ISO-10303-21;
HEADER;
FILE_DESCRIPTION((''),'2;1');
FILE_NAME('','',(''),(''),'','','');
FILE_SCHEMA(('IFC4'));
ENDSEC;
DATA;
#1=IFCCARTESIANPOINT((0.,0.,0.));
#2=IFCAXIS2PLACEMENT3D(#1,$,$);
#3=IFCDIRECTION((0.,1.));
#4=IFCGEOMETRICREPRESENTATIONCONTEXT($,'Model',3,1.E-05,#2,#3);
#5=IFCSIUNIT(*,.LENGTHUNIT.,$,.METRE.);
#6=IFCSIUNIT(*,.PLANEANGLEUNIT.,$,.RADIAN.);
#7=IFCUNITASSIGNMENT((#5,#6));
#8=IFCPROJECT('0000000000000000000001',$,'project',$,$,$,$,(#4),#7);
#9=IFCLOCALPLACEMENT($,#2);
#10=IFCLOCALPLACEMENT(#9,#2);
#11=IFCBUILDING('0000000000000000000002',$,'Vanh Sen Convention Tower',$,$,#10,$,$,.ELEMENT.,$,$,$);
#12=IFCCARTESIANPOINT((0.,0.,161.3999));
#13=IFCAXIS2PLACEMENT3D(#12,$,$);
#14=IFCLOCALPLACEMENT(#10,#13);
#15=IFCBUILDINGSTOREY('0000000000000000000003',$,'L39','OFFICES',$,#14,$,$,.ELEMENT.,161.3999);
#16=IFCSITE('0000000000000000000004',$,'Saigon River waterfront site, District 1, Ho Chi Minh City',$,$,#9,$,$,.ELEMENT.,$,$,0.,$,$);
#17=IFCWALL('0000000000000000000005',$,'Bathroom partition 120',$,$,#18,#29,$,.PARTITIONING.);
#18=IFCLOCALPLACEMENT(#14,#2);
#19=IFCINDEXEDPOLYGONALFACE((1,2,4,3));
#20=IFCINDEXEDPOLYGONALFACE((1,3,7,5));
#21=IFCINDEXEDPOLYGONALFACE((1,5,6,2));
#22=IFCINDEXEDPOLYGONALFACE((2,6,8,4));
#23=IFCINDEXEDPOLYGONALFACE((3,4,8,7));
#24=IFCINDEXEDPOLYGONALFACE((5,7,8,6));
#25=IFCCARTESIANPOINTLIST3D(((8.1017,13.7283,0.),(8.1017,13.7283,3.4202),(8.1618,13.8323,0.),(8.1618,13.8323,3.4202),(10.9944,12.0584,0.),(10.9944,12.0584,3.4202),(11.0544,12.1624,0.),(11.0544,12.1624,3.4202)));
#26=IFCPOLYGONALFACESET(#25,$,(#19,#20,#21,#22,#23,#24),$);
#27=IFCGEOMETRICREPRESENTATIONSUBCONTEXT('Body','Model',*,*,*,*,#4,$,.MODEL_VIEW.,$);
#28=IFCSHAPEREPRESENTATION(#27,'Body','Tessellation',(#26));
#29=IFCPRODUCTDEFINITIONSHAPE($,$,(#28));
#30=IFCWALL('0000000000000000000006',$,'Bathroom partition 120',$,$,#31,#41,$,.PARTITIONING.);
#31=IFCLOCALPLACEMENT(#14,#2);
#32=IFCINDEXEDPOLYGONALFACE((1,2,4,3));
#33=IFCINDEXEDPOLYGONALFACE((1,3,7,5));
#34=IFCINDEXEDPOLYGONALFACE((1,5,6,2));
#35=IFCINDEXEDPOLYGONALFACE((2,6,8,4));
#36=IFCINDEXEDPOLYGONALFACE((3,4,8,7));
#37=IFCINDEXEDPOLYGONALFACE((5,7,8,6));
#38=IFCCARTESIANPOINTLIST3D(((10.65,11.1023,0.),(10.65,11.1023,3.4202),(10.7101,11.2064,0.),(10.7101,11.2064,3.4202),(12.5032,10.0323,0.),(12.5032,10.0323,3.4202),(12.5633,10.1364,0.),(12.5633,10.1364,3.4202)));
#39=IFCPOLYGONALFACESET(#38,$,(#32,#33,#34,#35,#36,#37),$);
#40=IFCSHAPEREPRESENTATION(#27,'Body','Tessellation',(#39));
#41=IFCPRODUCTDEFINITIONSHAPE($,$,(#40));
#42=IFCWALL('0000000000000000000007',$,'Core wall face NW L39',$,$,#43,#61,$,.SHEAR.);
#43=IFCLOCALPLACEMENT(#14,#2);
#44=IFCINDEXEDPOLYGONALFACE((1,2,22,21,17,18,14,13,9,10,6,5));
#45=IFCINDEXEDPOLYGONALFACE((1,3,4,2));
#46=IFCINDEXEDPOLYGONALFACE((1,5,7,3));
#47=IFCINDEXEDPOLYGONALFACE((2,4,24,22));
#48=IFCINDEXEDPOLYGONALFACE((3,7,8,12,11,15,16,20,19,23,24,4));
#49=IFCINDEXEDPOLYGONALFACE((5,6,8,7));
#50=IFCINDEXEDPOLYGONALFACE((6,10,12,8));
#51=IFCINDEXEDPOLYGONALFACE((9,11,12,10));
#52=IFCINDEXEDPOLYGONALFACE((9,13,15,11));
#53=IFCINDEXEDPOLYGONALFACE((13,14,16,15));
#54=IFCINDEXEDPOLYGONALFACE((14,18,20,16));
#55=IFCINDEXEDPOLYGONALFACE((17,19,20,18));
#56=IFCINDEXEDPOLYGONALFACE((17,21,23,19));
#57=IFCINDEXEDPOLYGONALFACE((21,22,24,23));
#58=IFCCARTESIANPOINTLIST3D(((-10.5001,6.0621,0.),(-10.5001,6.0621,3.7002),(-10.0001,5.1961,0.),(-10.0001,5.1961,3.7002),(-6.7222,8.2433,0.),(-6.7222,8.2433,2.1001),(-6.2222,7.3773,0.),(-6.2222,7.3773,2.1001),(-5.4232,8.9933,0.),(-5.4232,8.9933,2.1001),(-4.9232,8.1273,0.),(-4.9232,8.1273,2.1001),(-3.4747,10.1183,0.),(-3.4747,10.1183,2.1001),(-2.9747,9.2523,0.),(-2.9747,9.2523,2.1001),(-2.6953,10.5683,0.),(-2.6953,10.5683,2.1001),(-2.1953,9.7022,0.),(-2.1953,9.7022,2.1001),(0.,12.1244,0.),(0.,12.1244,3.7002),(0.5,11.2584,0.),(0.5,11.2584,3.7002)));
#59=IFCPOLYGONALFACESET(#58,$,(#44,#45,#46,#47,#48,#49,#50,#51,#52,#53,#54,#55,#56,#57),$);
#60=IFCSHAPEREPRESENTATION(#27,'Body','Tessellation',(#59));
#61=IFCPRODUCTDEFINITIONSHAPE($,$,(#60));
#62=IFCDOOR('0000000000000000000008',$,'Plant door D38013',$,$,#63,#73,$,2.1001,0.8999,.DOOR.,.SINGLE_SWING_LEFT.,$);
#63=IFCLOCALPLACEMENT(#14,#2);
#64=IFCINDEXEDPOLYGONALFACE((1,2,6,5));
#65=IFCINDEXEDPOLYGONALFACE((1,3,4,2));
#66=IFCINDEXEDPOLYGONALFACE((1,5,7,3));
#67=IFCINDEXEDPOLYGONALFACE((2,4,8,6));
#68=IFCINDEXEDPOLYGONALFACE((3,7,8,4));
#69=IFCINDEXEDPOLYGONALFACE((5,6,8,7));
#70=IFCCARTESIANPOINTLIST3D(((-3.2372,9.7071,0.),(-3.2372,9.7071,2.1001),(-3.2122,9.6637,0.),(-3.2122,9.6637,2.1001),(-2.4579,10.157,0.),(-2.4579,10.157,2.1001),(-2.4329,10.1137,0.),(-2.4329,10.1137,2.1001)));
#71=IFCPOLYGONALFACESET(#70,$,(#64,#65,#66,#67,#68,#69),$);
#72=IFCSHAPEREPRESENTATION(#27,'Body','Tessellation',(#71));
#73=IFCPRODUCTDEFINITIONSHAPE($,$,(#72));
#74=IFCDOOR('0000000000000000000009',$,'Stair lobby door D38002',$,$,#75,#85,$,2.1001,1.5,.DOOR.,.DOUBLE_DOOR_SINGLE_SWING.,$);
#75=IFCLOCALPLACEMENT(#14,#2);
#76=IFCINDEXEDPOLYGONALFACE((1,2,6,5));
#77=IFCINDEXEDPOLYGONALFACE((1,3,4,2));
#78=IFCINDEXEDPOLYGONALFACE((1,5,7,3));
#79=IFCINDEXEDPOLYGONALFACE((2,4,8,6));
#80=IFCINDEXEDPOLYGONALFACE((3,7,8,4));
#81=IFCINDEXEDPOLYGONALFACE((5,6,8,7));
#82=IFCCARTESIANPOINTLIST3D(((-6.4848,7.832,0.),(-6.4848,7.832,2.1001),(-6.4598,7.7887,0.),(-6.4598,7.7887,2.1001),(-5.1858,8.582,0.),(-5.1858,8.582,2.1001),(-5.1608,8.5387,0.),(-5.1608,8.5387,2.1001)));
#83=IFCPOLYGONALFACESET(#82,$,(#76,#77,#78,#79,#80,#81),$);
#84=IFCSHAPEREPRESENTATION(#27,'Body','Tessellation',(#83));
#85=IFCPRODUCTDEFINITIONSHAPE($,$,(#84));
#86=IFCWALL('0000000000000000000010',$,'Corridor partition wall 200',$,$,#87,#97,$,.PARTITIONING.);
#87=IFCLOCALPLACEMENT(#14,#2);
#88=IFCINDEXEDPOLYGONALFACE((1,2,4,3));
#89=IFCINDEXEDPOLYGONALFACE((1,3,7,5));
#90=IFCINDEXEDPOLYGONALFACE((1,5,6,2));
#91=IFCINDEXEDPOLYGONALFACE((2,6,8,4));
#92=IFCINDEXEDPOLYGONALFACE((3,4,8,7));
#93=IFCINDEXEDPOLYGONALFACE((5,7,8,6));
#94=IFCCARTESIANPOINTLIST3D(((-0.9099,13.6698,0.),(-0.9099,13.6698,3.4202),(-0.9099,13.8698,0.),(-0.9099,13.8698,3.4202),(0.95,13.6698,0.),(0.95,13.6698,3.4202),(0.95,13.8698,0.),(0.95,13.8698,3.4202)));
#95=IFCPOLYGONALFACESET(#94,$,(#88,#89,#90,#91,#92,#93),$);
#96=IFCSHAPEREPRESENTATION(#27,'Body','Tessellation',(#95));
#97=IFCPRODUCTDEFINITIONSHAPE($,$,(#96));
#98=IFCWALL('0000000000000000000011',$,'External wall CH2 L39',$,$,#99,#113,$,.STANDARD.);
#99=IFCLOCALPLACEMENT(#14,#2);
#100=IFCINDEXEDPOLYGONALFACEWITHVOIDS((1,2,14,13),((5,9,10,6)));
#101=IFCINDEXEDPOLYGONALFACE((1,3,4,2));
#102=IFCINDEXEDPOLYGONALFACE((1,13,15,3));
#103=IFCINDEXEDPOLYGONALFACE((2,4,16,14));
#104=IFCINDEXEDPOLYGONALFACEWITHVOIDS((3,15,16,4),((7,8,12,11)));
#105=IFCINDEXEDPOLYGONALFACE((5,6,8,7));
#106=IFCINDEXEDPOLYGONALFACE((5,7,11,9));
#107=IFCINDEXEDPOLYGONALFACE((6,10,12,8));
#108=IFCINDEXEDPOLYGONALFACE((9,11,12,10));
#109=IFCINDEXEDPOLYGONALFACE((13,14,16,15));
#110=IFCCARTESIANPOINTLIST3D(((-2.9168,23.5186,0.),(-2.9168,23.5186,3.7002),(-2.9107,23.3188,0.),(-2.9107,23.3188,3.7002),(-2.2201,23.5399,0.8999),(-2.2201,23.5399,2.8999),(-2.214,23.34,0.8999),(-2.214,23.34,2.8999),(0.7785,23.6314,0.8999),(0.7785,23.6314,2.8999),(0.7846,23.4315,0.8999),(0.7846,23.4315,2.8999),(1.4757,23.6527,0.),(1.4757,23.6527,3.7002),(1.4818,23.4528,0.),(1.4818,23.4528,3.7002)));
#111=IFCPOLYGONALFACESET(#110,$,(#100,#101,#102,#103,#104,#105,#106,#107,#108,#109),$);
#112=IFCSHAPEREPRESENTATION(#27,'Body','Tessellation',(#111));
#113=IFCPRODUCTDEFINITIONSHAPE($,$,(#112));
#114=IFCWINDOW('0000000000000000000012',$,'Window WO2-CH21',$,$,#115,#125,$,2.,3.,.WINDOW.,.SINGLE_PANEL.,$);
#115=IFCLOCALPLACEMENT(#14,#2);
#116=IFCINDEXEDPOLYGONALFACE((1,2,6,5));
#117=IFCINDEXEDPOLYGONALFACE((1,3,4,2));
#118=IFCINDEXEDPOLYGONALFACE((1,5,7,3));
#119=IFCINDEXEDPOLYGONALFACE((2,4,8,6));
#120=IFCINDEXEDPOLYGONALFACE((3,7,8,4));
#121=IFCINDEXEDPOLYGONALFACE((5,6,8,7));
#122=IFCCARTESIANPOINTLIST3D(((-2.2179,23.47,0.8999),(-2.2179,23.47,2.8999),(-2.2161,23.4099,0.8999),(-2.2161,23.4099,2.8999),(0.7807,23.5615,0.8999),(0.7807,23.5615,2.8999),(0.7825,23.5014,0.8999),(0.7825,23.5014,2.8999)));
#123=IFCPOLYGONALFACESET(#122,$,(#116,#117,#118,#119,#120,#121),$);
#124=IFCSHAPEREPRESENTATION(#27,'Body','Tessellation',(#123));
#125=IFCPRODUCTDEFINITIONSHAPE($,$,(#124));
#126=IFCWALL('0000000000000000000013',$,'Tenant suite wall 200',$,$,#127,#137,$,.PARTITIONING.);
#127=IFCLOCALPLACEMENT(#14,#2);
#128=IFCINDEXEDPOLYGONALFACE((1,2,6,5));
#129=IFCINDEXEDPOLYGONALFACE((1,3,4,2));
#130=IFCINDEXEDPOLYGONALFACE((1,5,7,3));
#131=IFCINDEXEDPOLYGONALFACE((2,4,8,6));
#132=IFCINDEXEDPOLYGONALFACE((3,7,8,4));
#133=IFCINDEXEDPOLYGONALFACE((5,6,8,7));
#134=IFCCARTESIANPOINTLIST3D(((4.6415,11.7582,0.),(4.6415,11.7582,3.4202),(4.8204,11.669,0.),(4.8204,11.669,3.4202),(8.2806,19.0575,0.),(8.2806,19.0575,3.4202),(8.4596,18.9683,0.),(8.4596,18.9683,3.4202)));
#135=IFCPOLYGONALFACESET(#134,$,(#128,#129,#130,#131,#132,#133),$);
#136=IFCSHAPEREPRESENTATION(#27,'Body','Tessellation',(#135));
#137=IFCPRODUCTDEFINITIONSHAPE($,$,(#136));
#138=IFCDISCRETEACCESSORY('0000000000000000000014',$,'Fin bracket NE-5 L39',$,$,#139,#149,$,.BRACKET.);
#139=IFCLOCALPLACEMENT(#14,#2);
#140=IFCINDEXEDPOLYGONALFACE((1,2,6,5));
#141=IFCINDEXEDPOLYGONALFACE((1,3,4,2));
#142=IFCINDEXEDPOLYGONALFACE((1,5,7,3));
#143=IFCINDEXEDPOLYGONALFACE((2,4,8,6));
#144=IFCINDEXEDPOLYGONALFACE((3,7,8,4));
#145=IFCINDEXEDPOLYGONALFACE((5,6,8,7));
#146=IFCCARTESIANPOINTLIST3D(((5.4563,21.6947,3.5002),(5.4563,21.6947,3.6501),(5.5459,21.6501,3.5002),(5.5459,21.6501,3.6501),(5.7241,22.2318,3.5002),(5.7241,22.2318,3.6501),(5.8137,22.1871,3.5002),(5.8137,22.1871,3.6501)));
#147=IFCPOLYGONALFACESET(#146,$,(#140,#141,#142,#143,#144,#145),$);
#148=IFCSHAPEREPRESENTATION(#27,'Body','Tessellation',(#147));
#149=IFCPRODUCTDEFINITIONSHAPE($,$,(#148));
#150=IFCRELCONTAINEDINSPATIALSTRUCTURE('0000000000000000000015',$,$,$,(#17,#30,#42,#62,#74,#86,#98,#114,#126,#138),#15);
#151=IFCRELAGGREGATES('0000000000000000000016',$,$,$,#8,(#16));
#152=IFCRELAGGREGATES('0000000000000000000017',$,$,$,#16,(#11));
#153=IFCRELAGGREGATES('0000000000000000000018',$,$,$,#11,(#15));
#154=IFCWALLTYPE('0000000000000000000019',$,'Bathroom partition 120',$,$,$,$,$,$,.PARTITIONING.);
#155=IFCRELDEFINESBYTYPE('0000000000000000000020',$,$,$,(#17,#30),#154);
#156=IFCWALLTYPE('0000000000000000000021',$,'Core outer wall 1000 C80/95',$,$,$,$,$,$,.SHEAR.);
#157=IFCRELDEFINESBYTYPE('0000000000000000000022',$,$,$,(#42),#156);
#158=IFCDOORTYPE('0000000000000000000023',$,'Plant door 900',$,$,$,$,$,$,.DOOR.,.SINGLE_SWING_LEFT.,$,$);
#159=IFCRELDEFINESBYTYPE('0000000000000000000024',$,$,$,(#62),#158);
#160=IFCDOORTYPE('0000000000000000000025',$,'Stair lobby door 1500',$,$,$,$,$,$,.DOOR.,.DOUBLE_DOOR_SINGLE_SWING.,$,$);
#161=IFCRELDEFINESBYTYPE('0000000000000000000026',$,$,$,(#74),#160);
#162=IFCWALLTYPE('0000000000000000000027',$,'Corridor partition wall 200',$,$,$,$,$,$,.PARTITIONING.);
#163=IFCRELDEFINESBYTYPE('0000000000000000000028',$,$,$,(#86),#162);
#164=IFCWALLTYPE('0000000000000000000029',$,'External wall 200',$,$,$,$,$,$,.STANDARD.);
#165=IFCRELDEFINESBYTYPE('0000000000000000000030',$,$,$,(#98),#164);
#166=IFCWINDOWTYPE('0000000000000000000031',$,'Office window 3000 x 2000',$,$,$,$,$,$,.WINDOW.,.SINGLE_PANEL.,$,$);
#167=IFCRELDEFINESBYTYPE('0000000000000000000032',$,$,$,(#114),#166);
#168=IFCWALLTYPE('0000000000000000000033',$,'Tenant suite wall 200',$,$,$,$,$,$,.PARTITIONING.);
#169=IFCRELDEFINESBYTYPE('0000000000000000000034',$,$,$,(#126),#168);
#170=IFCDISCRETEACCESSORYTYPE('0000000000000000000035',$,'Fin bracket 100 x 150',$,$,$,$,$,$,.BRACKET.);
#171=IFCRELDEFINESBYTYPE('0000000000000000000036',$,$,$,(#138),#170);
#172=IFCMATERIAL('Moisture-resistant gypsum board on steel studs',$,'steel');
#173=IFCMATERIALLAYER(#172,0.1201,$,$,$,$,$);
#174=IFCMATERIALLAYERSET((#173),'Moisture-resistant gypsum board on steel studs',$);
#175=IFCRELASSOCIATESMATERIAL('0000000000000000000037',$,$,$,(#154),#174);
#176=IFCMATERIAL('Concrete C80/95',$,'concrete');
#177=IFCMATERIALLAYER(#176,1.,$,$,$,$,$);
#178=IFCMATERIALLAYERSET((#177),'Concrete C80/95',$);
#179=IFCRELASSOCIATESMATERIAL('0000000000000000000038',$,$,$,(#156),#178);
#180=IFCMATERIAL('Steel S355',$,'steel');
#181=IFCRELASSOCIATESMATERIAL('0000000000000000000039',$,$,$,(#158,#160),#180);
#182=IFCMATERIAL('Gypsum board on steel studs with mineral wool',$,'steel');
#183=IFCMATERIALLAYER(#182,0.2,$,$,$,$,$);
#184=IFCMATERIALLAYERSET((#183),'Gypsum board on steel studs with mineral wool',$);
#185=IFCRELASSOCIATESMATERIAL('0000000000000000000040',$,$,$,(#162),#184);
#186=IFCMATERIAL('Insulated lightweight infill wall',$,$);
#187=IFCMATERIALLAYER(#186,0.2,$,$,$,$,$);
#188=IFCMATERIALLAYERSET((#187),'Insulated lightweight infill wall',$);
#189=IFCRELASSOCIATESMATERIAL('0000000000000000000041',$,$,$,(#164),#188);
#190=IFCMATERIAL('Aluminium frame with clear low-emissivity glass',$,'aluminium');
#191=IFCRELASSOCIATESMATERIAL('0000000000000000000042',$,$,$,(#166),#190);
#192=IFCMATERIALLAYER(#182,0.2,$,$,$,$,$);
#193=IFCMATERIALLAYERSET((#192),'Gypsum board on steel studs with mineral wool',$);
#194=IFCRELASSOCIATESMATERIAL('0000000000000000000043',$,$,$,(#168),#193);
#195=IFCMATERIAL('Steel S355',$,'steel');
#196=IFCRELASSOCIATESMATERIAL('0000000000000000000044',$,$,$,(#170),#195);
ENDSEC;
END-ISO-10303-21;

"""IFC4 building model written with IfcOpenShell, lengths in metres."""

from ifc_helpers import new_model, si_unit, direction, frame, frame_2d, origin, origin_2d, place, context, subcontext, project, spatial, rectangle, extrude, material, layer, layer_set, type_object, element, fill, save


model = new_model("IFC4")

# Units and contexts
model_context = context("Model", 3, precision=1e-05, world=origin(), true_north=direction((0.0, 1.0)))
body_context = subcontext(model_context, "Body", "Model", "MODEL_VIEW")
ifc_project = project(units=[si_unit("LENGTHUNIT", "METRE"), si_unit("PLANEANGLEUNIT", "RADIAN")], contexts=[model_context])

# Site, building, storey
site_placement = place(None, origin())
site = spatial("IfcSite", under=ifc_project, at=site_placement, Name="Saigon River waterfront site, District 1, Ho Chi Minh City", CompositionType="ELEMENT", RefElevation=0.0)
building_placement = place(site_placement, origin())
building = spatial("IfcBuilding", under=site, at=building_placement, Name="Vanh Sen Convention Tower", CompositionType="ELEMENT")
storey_placement = place(building_placement, frame((0.0, 0.0, 161.3999)))
storey = spatial("IfcBuildingStorey", under=building, at=storey_placement, Name="L39", Description="OFFICES", CompositionType="ELEMENT", Elevation=161.3999)

# Shared definitions
ifc_material_1 = material(Name="Concrete C80/95", Category="concrete")

# Walls
ifc_material_2 = material(Name="Moisture-resistant gypsum board on steel studs", Category="steel")
ifc_layer_1 = layer(ifc_material_2, 0.1201)
ifc_layer_set_1 = layer_set([ifc_layer_1], Name="Moisture-resistant gypsum board on steel studs")
wall_type_1 = type_object("IfcWallType", Name="Bathroom partition 120", PredefinedType="PARTITIONING", material=ifc_layer_set_1)
wall_1_placement = place(storey_placement, frame((8.1318, 13.7803, 0.0), z_axis=(0.0, 0.0, 1.0), x_axis=(0.86604, -0.499976, 0.0)))
element("IfcWall", 1, at=wall_1_placement, inside=storey, type_object=wall_type_1, Name="Bathroom partition 120", PredefinedType="PARTITIONING", context=body_context, shape_type="SweptSolid", body=[
    extrude(rectangle(XDim=3.3401, YDim=0.1201, at=frame_2d((1.6699, 0.0))), origin(), (0.0, 0.0, 1.0), 3.4202),
])
wall_2_placement = place(storey_placement, frame((10.6802, 11.1543, 0.0), z_axis=(0.0, 0.0, 1.0), x_axis=(0.866009, -0.500029, 0.0)))
element("IfcWall", 2, at=wall_2_placement, inside=storey, type_object=wall_type_1, Name="Bathroom partition 120", PredefinedType="PARTITIONING", context=body_context, shape_type="SweptSolid", body=[
    extrude(rectangle(XDim=2.1399, YDim=0.1201, at=frame_2d((1.0698, 0.0))), origin(), (0.0, 0.0, 1.0), 3.4202),
])

# Wall, openings, doors
ifc_layer_2 = layer(ifc_material_1, 1.0)
ifc_layer_set_2 = layer_set([ifc_layer_2], Name="Concrete C80/95")
wall_type_2 = type_object("IfcWallType", Name="Core outer wall 1000 C80/95", PredefinedType="SHEAR", material=ifc_layer_set_2)
wall_3_placement = place(storey_placement, frame((0.25, 11.6914, 0.0), z_axis=(0.0, 0.0, 1.0), x_axis=(-0.866023, -0.500005, 0.0)))
wall_3 = element("IfcWall", 3, at=wall_3_placement, inside=storey, type_object=wall_type_2, Name="Core wall face NW L39", PredefinedType="SHEAR", context=body_context, shape_type="SweptSolid", body=[
    extrude(rectangle(XDim=12.1245, YDim=1.0, at=frame_2d((6.0623, 0.0))), origin(), (0.0, 0.0, 1.0), 3.7002),
])
opening_1_placement = place(wall_3_placement, frame((6.2622, 0.0, 0.0)))
opening_1 = element("IfcOpeningElement", 4, at=opening_1_placement, cuts=wall_3, PredefinedType="OPENING", context=body_context, shape_type="SweptSolid", body=[
    extrude(rectangle(XDim=1.5, YDim=2.1001, at=frame_2d((0.75, 1.05))), frame((0.0, 0.51, 0.0), z_axis=(0.0, -1.0, 0.0), x_axis=(1.0, 0.0, 0.0)), (0.0, 0.0, 1.0), 1.02),
])
opening_2_placement = place(wall_3_placement, frame((3.1123, 0.0, 0.0)))
opening_2 = element("IfcOpeningElement", 5, at=opening_2_placement, cuts=wall_3, PredefinedType="OPENING", context=body_context, shape_type="SweptSolid", body=[
    extrude(rectangle(XDim=0.8999, YDim=2.1001, at=frame_2d((0.45, 1.05))), frame((0.0, 0.51, 0.0), z_axis=(0.0, -1.0, 0.0), x_axis=(1.0, 0.0, 0.0)), (0.0, 0.0, 1.0), 1.02),
])
ifc_material_3 = material(Name="Steel S355", Category="steel")
door_type_1 = type_object("IfcDoorType", Name="Plant door 900", OperationType="SINGLE_SWING_LEFT", PredefinedType="DOOR", material=ifc_material_3)
door_1_placement = place(opening_2_placement, origin())
door_1 = element("IfcDoor", 6, at=door_1_placement, inside=storey, type_object=door_type_1, Name="Plant door D38013", OperationType="SINGLE_SWING_LEFT", OverallHeight=2.1001, OverallWidth=0.8999, PredefinedType="DOOR", context=body_context, shape_type="SweptSolid", body=[
    extrude(rectangle(XDim=0.8999, YDim=2.1001, at=frame_2d((0.45, 1.05))), frame((0.0, 0.0249, 0.0), z_axis=(0.0, -1.0, 0.0), x_axis=(1.0, 0.0, 0.0)), (0.0, 0.0, 1.0), 0.05),
])
fill(opening_2, door_1)
door_type_2 = type_object("IfcDoorType", Name="Stair lobby door 1500", OperationType="DOUBLE_DOOR_SINGLE_SWING", PredefinedType="DOOR", material=ifc_material_3)
door_2_placement = place(opening_1_placement, origin())
door_2 = element("IfcDoor", 7, at=door_2_placement, inside=storey, type_object=door_type_2, Name="Stair lobby door D38002", OperationType="DOUBLE_DOOR_SINGLE_SWING", OverallHeight=2.1001, OverallWidth=1.5, PredefinedType="DOOR", context=body_context, shape_type="SweptSolid", body=[
    extrude(rectangle(XDim=1.5, YDim=2.1001, at=frame_2d((0.75, 1.05))), frame((0.0, 0.0249, 0.0), z_axis=(0.0, -1.0, 0.0), x_axis=(1.0, 0.0, 0.0)), (0.0, 0.0, 1.0), 0.05),
])
fill(opening_1, door_2)

# Wall
ifc_material_4 = material(Name="Gypsum board on steel studs with mineral wool", Category="steel")
ifc_layer_3 = layer(ifc_material_4, 0.2)
ifc_layer_set_3 = layer_set([ifc_layer_3], Name="Gypsum board on steel studs with mineral wool")
wall_type_3 = type_object("IfcWallType", Name="Corridor partition wall 200", PredefinedType="PARTITIONING", material=ifc_layer_set_3)
wall_4_placement = place(storey_placement, frame((0.95, 13.7698, 0.0), z_axis=(0.0, 0.0, 1.0), x_axis=(-1.0, 0.0, 0.0)))
element("IfcWall", 8, at=wall_4_placement, inside=storey, type_object=wall_type_3, Name="Corridor partition wall 200", PredefinedType="PARTITIONING", context=body_context, shape_type="SweptSolid", body=[
    extrude(rectangle(XDim=1.8599, YDim=0.2, at=frame_2d((0.9299, 0.0))), origin(), (0.0, 0.0, 1.0), 3.4202),
])

# Wall, opening, window
ifc_material_5 = material(Name="Insulated lightweight infill wall")
ifc_layer_4 = layer(ifc_material_5, 0.2)
ifc_layer_set_4 = layer_set([ifc_layer_4], Name="Insulated lightweight infill wall")
wall_type_4 = type_object("IfcWallType", Name="External wall 200", PredefinedType="STANDARD", material=ifc_layer_set_4)
wall_5_placement = place(storey_placement, frame((1.4788, 23.5527, 0.0), z_axis=(0.0, 0.0, 1.0), x_axis=(-0.999535, -0.030499, 0.0)))
wall_5 = element("IfcWall", 9, at=wall_5_placement, inside=storey, type_object=wall_type_4, Name="External wall CH2 L39", PredefinedType="STANDARD", context=body_context, shape_type="SweptSolid", body=[
    extrude(rectangle(XDim=4.3945, YDim=0.2, at=frame_2d((2.1973, 0.0))), origin(), (0.0, 0.0, 1.0), 3.7002),
])
opening_3_placement = place(wall_5_placement, frame((0.6975, 0.0, 0.8999)))
opening_3 = element("IfcOpeningElement", 10, at=opening_3_placement, cuts=wall_5, PredefinedType="OPENING", context=body_context, shape_type="SweptSolid", body=[
    extrude(rectangle(XDim=3.0, YDim=2.0, at=frame_2d((1.5, 1.0))), frame((0.0, 0.1099, 0.0), z_axis=(0.0, -1.0, 0.0), x_axis=(1.0, 0.0, 0.0)), (0.0, 0.0, 1.0), 0.22),
])
ifc_material_6 = material(Name="Aluminium frame with clear low-emissivity glass", Category="aluminium")
window_type = type_object("IfcWindowType", Name="Office window 3000 x 2000", PartitioningType="SINGLE_PANEL", PredefinedType="WINDOW", material=ifc_material_6)
window_placement = place(opening_3_placement, origin())
window = element("IfcWindow", 11, at=window_placement, inside=storey, type_object=window_type, Name="Window WO2-CH21", OverallHeight=2.0, OverallWidth=3.0, PartitioningType="SINGLE_PANEL", PredefinedType="WINDOW", context=body_context, shape_type="SweptSolid", body=[
    extrude(rectangle(XDim=3.0, YDim=2.0, at=frame_2d((1.5, 1.0))), frame((0.0, 0.03, 0.0), z_axis=(0.0, -1.0, 0.0), x_axis=(1.0, 0.0, 0.0)), (0.0, 0.0, 1.0), 0.0601),
])
fill(opening_3, window)

# Wall
ifc_layer_5 = layer(ifc_material_4, 0.2)
ifc_layer_set_5 = layer_set([ifc_layer_5], Name="Gypsum board on steel studs with mineral wool")
wall_type_5 = type_object("IfcWallType", Name="Tenant suite wall 200", PredefinedType="PARTITIONING", material=ifc_layer_set_5)
wall_6_placement = place(storey_placement, frame((8.3701, 19.0129, 0.0), z_axis=(0.0, 0.0, 1.0), x_axis=(-0.446184, -0.894941, 0.0)))
element("IfcWall", 12, at=wall_6_placement, inside=storey, type_object=wall_type_5, Name="Tenant suite wall 200", PredefinedType="PARTITIONING", context=body_context, shape_type="SweptSolid", body=[
    extrude(rectangle(XDim=8.1562, YDim=0.2, at=frame_2d((4.0781, 0.0))), origin(), (0.0, 0.0, 1.0), 3.4202),
])

# Discrete accessory
ifc_material_7 = material(Name="Steel S355", Category="steel")
discrete_accessory_type = type_object("IfcDiscreteAccessoryType", Name="Fin bracket 100 x 150", PredefinedType="BRACKET", material=ifc_material_7)
discrete_accessory_placement = place(storey_placement, frame((5.635, 21.9409, 3.5002), z_axis=(0.0, 0.0, 1.0), x_axis=(0.446198, 0.894934, 0.0)))
element("IfcDiscreteAccessory", 13, at=discrete_accessory_placement, inside=storey, type_object=discrete_accessory_type, Name="Fin bracket NE-5 L39", PredefinedType="BRACKET", context=body_context, shape_type="SweptSolid", body=[
    extrude(rectangle(XDim=0.6001, YDim=0.1001, at=origin_2d()), origin(), (0.0, 0.0, 1.0), 0.1499),
])

save(model, "model.ifc")
